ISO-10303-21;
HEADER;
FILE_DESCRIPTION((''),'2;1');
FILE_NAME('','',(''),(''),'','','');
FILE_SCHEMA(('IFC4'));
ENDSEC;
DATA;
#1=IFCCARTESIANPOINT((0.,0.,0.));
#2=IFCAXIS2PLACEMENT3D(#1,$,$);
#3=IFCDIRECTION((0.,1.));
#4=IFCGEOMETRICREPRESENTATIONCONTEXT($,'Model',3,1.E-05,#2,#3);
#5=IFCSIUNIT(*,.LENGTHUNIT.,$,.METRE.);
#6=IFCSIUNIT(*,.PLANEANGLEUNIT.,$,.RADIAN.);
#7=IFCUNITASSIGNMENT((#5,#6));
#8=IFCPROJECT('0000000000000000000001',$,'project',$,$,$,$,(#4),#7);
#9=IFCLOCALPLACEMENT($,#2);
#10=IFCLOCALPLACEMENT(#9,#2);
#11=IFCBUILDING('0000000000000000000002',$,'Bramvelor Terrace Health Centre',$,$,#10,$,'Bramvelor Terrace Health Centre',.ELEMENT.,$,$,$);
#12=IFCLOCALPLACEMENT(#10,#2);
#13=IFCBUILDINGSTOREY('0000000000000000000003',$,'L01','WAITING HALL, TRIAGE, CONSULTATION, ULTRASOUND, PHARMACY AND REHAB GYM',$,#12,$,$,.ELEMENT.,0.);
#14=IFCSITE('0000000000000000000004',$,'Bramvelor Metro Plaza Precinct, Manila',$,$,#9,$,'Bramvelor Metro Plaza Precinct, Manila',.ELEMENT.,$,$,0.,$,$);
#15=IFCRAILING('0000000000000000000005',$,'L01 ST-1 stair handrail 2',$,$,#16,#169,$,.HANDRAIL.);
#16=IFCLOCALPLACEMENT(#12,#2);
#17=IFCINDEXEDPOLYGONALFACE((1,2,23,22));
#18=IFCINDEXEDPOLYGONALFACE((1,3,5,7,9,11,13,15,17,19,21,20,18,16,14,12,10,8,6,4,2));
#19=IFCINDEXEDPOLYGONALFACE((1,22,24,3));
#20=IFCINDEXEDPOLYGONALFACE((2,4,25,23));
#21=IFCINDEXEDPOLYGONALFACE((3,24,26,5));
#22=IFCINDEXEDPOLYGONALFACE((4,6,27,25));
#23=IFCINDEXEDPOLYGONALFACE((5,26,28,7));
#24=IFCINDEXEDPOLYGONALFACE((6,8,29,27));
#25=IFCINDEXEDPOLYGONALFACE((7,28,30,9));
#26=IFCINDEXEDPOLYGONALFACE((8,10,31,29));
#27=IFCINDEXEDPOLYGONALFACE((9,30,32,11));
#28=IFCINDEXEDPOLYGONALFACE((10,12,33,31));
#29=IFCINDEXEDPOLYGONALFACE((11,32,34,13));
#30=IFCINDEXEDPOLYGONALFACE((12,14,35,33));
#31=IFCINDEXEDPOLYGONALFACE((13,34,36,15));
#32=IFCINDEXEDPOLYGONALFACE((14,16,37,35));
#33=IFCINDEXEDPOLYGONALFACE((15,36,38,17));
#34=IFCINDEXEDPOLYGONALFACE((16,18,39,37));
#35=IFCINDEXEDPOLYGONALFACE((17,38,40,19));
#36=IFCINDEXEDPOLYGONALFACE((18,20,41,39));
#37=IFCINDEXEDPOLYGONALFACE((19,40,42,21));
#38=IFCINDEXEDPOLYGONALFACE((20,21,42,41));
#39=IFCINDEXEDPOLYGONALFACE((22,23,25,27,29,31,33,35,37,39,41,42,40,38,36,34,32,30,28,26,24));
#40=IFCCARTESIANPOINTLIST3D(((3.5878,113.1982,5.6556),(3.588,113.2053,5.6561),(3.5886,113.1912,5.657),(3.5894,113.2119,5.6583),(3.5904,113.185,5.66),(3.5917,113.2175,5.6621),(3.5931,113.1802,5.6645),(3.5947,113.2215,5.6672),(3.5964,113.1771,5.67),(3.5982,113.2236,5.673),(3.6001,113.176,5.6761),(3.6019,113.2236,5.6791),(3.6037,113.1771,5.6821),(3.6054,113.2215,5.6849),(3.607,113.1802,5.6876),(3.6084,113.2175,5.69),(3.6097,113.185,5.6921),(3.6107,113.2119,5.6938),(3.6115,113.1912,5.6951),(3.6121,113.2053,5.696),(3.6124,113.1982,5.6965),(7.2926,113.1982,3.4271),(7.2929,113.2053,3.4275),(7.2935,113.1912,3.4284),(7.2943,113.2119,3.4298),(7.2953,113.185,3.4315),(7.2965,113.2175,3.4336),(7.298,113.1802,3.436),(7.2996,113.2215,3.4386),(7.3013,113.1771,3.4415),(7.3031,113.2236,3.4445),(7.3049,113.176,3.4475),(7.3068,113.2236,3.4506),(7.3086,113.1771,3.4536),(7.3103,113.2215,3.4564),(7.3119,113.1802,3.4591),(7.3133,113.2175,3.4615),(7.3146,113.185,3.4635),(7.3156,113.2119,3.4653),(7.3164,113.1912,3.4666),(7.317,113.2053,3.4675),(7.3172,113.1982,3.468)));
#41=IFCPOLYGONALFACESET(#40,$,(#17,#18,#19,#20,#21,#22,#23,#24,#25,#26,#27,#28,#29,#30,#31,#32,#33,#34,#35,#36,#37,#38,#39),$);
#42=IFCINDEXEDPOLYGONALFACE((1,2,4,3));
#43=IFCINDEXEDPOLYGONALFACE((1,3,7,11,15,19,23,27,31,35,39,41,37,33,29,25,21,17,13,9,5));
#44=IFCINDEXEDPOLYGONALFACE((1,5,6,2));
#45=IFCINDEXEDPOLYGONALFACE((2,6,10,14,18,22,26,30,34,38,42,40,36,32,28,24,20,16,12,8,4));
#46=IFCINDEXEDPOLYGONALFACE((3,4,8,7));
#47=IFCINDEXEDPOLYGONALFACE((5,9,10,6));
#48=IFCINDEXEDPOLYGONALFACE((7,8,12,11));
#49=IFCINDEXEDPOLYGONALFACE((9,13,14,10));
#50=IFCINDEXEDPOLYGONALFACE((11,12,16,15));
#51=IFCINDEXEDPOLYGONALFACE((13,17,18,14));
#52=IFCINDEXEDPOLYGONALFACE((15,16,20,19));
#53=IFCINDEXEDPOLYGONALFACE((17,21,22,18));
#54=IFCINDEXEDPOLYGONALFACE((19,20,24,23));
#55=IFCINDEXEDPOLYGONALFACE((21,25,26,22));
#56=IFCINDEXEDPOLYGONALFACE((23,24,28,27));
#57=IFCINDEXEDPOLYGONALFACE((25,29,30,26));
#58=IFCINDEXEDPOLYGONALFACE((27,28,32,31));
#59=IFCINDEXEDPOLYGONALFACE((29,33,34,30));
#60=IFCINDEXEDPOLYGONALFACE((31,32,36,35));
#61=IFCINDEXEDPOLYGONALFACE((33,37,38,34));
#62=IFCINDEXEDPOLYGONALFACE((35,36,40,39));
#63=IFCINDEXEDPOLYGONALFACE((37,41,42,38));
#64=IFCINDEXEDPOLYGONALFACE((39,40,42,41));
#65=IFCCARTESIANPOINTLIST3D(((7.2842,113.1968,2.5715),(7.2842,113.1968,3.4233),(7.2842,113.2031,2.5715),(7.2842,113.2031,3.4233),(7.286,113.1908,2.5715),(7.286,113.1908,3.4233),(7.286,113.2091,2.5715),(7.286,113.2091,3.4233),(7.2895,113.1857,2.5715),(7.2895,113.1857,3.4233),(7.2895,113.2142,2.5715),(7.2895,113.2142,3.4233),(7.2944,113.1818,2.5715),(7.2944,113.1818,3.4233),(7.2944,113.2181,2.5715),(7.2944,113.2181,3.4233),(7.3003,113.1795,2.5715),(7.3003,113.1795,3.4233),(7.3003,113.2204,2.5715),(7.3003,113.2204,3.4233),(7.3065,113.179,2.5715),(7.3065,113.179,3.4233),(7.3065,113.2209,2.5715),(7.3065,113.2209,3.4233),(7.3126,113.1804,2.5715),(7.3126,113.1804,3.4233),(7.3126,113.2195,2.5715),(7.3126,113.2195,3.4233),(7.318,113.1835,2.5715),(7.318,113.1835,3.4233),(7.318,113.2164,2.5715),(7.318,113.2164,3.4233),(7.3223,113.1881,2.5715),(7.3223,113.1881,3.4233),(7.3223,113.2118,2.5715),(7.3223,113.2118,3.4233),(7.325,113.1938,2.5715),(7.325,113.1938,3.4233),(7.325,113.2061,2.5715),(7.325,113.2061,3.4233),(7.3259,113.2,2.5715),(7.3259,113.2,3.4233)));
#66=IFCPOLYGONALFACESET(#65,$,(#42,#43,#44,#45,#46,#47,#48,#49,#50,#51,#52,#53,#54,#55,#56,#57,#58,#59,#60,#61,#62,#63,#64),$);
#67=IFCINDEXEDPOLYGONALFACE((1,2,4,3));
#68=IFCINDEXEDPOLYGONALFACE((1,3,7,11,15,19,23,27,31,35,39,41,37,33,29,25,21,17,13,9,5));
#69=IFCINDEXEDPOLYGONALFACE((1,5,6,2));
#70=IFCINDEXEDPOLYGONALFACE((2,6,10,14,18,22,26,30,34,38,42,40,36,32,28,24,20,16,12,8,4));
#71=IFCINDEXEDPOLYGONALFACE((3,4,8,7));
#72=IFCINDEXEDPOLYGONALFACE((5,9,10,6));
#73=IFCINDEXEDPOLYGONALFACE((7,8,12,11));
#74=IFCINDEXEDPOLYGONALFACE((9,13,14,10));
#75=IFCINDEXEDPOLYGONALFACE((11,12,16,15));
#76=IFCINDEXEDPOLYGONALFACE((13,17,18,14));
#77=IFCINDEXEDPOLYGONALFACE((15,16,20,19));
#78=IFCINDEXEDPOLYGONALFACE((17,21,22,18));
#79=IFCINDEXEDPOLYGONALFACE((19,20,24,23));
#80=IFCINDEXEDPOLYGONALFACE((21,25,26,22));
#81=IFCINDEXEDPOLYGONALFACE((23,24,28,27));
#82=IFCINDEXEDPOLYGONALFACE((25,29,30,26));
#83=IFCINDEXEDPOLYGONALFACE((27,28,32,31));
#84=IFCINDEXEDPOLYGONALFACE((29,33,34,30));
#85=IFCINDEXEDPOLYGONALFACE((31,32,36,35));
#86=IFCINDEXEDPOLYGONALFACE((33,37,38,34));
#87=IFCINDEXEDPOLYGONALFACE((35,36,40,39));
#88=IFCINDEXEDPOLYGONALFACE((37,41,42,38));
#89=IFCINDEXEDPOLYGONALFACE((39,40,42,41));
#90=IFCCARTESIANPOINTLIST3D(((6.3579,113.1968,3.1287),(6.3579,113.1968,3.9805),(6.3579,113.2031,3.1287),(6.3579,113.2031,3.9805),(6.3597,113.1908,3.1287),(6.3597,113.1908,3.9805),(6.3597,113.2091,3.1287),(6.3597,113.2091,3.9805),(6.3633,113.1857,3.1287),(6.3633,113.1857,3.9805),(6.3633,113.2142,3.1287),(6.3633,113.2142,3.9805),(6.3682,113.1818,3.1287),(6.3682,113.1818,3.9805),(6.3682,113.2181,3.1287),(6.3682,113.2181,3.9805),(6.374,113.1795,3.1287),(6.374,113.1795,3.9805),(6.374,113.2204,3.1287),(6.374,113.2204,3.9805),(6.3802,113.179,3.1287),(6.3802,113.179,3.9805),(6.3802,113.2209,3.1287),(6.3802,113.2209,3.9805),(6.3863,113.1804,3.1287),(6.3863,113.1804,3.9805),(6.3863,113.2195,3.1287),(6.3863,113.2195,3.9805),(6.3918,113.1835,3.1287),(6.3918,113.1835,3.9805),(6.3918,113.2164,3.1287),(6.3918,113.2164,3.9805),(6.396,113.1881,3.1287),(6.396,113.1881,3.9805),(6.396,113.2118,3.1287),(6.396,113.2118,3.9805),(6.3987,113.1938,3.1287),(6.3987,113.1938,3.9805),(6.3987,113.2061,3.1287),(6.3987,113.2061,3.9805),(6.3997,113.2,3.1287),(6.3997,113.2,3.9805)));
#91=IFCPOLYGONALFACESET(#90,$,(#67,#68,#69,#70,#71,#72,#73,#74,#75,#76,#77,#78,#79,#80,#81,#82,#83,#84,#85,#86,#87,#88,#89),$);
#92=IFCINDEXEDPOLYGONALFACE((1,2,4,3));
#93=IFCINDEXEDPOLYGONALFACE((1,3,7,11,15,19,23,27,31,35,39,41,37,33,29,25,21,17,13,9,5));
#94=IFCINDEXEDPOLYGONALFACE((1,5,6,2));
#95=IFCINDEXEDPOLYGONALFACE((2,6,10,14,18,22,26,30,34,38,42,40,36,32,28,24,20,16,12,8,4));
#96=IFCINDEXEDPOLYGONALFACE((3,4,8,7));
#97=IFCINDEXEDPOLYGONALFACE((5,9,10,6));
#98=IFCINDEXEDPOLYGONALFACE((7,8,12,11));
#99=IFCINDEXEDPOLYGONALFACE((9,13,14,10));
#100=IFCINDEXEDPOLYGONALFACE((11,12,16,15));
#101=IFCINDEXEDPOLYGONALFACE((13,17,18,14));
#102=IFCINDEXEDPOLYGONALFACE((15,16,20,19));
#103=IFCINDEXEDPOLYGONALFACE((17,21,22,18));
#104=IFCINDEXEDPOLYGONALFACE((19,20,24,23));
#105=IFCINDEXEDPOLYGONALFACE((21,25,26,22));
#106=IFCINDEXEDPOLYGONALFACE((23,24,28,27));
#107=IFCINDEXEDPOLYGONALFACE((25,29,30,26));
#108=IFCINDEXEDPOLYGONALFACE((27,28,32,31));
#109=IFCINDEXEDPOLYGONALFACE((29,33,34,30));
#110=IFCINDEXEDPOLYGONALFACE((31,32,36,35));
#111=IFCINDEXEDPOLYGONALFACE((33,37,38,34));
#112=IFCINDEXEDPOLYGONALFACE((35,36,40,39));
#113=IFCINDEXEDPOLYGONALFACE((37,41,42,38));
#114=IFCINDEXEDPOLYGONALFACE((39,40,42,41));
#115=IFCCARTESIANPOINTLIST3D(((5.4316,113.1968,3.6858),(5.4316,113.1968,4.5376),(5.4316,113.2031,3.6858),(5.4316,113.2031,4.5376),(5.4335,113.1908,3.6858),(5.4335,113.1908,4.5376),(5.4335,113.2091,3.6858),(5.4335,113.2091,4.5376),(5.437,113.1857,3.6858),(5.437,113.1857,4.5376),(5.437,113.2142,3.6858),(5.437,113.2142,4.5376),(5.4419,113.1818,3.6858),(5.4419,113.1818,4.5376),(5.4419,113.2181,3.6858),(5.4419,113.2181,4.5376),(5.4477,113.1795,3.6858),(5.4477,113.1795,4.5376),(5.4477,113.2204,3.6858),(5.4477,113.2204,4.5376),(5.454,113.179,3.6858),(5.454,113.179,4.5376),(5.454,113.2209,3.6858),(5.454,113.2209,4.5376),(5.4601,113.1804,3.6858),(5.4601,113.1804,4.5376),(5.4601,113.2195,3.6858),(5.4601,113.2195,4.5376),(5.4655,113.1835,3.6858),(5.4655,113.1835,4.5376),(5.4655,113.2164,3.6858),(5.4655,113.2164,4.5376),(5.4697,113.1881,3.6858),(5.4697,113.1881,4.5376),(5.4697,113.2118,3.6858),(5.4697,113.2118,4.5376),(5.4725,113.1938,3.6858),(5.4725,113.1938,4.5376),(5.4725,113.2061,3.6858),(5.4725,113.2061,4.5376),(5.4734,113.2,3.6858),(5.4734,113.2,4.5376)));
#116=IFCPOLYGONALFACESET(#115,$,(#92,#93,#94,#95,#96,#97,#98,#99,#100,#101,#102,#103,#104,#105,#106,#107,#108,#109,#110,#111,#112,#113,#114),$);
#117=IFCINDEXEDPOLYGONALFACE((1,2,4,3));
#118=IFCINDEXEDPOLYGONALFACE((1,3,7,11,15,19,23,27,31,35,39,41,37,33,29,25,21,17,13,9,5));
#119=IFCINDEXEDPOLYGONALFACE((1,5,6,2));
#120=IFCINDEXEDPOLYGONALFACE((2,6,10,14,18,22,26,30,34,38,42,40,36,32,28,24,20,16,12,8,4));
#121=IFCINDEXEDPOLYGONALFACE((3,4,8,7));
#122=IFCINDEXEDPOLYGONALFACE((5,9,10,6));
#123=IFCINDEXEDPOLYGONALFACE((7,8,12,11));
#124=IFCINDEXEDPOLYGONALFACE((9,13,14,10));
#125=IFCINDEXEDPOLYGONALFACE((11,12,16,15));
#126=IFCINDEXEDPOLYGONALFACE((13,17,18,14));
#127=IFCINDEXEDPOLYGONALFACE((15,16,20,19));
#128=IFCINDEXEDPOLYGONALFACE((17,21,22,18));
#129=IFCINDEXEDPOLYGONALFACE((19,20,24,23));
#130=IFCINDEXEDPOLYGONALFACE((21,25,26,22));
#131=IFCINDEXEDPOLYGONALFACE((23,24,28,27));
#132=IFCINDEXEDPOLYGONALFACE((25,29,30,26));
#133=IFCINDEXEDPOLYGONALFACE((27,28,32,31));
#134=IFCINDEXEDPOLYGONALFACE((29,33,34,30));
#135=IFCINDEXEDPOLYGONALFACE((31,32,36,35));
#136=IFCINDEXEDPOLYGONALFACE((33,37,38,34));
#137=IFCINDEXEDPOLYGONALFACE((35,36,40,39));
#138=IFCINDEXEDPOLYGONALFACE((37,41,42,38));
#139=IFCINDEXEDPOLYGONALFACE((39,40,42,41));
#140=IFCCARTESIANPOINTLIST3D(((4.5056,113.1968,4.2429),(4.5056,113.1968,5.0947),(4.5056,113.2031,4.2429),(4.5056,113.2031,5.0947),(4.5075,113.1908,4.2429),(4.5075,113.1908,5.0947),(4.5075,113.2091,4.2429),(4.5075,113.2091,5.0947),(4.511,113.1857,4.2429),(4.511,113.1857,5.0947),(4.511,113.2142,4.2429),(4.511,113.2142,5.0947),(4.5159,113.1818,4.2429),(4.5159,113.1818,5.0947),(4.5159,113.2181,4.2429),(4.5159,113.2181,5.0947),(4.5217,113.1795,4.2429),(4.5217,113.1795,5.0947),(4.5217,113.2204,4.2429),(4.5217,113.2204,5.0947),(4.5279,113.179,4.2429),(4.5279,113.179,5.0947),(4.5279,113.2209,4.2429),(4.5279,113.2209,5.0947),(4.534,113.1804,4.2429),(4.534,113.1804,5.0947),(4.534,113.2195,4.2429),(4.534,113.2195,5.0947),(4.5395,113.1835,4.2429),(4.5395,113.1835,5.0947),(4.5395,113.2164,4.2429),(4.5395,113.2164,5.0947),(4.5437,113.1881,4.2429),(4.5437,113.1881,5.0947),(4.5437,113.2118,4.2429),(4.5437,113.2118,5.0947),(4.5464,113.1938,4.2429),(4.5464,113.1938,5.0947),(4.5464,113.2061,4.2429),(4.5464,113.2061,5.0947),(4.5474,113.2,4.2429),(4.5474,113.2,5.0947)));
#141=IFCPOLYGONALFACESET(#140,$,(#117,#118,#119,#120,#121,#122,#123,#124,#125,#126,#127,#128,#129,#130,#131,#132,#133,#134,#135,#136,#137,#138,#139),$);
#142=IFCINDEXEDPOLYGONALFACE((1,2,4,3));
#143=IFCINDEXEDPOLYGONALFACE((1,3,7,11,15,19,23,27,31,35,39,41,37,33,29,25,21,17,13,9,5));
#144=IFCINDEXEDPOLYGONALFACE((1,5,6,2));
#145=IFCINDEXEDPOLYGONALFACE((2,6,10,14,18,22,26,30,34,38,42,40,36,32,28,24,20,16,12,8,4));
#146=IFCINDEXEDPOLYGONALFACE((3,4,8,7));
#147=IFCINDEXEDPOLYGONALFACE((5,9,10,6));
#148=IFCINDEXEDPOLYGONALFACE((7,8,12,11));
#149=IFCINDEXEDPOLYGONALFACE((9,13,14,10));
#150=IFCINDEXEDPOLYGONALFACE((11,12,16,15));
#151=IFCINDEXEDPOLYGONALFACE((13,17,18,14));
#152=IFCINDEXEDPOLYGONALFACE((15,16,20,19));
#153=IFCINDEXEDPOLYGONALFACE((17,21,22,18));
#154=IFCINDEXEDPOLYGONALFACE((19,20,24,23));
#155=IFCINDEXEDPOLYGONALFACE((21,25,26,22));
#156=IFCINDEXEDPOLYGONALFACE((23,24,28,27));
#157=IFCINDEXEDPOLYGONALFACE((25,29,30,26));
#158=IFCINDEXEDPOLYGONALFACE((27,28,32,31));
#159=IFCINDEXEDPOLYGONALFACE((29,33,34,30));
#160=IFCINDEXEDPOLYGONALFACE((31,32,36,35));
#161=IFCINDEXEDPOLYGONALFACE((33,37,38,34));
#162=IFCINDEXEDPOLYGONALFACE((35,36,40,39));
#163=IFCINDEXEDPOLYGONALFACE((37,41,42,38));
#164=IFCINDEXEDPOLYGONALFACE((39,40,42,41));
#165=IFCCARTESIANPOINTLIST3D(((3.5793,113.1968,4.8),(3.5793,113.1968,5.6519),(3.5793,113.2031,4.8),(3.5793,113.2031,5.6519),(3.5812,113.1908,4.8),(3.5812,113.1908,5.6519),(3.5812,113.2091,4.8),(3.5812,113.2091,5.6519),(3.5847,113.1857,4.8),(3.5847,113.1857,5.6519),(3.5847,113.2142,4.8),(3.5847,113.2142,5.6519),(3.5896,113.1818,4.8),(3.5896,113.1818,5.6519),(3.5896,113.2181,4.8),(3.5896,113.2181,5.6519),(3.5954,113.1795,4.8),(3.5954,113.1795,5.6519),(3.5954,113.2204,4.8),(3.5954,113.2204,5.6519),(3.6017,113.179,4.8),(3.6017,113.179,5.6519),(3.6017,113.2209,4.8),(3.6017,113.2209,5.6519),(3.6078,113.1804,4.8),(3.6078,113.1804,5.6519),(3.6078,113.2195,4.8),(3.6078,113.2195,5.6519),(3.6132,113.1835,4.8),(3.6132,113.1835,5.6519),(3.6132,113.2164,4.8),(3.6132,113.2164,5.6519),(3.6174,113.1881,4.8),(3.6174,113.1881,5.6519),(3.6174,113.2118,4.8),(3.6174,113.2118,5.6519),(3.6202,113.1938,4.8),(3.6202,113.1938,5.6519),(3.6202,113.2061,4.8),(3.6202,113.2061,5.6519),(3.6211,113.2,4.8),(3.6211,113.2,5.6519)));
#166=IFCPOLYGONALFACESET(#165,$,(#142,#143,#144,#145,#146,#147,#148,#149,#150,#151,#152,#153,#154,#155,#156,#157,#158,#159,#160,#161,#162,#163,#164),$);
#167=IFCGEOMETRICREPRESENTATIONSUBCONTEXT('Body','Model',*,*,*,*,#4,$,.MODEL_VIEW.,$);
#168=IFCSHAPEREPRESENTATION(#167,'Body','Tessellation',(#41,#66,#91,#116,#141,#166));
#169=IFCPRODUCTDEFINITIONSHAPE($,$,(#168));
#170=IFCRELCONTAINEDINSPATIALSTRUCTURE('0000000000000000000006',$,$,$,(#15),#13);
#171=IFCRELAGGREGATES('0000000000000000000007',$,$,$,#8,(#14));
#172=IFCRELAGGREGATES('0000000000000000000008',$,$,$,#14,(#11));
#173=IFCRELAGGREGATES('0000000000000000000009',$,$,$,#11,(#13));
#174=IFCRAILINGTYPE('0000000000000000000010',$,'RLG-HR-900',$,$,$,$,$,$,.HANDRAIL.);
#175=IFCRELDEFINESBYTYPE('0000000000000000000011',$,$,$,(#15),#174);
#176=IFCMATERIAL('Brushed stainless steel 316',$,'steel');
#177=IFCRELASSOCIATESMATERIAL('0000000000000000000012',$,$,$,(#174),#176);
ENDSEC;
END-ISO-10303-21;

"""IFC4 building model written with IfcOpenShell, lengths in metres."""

from ifc_helpers import new_model, si_unit, direction, frame, origin, origin_2d, place, context, subcontext, project, spatial, circle, extrude, material, type_object, element, save


model = new_model("IFC4")

# Units and contexts
model_context = context("Model", 3, precision=1e-05, world=origin(), true_north=direction((0.0, 1.0)))
body_context = subcontext(model_context, "Body", "Model", "MODEL_VIEW")
ifc_project = project(units=[si_unit("LENGTHUNIT", "METRE"), si_unit("PLANEANGLEUNIT", "RADIAN")], contexts=[model_context])

# Site, building, storey
site_placement = place(None, origin())
site = spatial("IfcSite", under=ifc_project, at=site_placement, Name="Bramvelor Metro Plaza Precinct, Manila", LongName="Bramvelor Metro Plaza Precinct, Manila", CompositionType="ELEMENT", RefElevation=0.0)
building_placement = place(site_placement, origin())
building = spatial("IfcBuilding", under=site, at=building_placement, Name="Bramvelor Terrace Health Centre", LongName="Bramvelor Terrace Health Centre", CompositionType="ELEMENT")
storey_placement = place(building_placement, origin())
storey = spatial("IfcBuildingStorey", under=building, at=storey_placement, Name="L01", Description="WAITING HALL, TRIAGE, CONSULTATION, ULTRASOUND, PHARMACY AND REHAB GYM", CompositionType="ELEMENT", Elevation=0.0)

# Railing
ifc_material_1 = material(Name="Brushed stainless steel 316", Category="steel")
railing_type_1 = type_object("IfcRailingType", Name="RLG-HR-900", PredefinedType="HANDRAIL", material=ifc_material_1)
railing_1_placement = place(storey_placement, frame((7.3049, 113.2, 2.5715)))
element("IfcRailing", 1, at=railing_1_placement, inside=storey, type_object=railing_type_1, Name="L01 ST-1 stair handrail 2", PredefinedType="HANDRAIL", context=body_context, shape_type="SweptSolid", body=[
    extrude(circle(Radius=0.0239, at=origin_2d()), frame((0.0, 0.0, 0.876), z_axis=(-0.856919, 0.0, 0.51545), x_axis=(0.0, -1.0, 0.0)), (0.0, 0.0, 1.0), 4.3235),
    extrude(circle(Radius=0.021, at=origin_2d()), origin(), (0.0, 0.0, 1.0), 0.8518),
    extrude(circle(Radius=0.021, at=origin_2d()), frame((-0.9263, 0.0, 0.5571)), (0.0, 0.0, 1.0), 0.8518),
    extrude(circle(Radius=0.021, at=origin_2d()), frame((-1.8525, 0.0, 1.1143)), (0.0, 0.0, 1.0), 0.8518),
    extrude(circle(Radius=0.021, at=origin_2d()), frame((-2.7786, 0.0, 1.6714)), (0.0, 0.0, 1.0), 0.8518),
    extrude(circle(Radius=0.021, at=origin_2d()), frame((-3.7048, 0.0, 2.2285)), (0.0, 0.0, 1.0), 0.8518),
])

save(model, "model.ifc")
